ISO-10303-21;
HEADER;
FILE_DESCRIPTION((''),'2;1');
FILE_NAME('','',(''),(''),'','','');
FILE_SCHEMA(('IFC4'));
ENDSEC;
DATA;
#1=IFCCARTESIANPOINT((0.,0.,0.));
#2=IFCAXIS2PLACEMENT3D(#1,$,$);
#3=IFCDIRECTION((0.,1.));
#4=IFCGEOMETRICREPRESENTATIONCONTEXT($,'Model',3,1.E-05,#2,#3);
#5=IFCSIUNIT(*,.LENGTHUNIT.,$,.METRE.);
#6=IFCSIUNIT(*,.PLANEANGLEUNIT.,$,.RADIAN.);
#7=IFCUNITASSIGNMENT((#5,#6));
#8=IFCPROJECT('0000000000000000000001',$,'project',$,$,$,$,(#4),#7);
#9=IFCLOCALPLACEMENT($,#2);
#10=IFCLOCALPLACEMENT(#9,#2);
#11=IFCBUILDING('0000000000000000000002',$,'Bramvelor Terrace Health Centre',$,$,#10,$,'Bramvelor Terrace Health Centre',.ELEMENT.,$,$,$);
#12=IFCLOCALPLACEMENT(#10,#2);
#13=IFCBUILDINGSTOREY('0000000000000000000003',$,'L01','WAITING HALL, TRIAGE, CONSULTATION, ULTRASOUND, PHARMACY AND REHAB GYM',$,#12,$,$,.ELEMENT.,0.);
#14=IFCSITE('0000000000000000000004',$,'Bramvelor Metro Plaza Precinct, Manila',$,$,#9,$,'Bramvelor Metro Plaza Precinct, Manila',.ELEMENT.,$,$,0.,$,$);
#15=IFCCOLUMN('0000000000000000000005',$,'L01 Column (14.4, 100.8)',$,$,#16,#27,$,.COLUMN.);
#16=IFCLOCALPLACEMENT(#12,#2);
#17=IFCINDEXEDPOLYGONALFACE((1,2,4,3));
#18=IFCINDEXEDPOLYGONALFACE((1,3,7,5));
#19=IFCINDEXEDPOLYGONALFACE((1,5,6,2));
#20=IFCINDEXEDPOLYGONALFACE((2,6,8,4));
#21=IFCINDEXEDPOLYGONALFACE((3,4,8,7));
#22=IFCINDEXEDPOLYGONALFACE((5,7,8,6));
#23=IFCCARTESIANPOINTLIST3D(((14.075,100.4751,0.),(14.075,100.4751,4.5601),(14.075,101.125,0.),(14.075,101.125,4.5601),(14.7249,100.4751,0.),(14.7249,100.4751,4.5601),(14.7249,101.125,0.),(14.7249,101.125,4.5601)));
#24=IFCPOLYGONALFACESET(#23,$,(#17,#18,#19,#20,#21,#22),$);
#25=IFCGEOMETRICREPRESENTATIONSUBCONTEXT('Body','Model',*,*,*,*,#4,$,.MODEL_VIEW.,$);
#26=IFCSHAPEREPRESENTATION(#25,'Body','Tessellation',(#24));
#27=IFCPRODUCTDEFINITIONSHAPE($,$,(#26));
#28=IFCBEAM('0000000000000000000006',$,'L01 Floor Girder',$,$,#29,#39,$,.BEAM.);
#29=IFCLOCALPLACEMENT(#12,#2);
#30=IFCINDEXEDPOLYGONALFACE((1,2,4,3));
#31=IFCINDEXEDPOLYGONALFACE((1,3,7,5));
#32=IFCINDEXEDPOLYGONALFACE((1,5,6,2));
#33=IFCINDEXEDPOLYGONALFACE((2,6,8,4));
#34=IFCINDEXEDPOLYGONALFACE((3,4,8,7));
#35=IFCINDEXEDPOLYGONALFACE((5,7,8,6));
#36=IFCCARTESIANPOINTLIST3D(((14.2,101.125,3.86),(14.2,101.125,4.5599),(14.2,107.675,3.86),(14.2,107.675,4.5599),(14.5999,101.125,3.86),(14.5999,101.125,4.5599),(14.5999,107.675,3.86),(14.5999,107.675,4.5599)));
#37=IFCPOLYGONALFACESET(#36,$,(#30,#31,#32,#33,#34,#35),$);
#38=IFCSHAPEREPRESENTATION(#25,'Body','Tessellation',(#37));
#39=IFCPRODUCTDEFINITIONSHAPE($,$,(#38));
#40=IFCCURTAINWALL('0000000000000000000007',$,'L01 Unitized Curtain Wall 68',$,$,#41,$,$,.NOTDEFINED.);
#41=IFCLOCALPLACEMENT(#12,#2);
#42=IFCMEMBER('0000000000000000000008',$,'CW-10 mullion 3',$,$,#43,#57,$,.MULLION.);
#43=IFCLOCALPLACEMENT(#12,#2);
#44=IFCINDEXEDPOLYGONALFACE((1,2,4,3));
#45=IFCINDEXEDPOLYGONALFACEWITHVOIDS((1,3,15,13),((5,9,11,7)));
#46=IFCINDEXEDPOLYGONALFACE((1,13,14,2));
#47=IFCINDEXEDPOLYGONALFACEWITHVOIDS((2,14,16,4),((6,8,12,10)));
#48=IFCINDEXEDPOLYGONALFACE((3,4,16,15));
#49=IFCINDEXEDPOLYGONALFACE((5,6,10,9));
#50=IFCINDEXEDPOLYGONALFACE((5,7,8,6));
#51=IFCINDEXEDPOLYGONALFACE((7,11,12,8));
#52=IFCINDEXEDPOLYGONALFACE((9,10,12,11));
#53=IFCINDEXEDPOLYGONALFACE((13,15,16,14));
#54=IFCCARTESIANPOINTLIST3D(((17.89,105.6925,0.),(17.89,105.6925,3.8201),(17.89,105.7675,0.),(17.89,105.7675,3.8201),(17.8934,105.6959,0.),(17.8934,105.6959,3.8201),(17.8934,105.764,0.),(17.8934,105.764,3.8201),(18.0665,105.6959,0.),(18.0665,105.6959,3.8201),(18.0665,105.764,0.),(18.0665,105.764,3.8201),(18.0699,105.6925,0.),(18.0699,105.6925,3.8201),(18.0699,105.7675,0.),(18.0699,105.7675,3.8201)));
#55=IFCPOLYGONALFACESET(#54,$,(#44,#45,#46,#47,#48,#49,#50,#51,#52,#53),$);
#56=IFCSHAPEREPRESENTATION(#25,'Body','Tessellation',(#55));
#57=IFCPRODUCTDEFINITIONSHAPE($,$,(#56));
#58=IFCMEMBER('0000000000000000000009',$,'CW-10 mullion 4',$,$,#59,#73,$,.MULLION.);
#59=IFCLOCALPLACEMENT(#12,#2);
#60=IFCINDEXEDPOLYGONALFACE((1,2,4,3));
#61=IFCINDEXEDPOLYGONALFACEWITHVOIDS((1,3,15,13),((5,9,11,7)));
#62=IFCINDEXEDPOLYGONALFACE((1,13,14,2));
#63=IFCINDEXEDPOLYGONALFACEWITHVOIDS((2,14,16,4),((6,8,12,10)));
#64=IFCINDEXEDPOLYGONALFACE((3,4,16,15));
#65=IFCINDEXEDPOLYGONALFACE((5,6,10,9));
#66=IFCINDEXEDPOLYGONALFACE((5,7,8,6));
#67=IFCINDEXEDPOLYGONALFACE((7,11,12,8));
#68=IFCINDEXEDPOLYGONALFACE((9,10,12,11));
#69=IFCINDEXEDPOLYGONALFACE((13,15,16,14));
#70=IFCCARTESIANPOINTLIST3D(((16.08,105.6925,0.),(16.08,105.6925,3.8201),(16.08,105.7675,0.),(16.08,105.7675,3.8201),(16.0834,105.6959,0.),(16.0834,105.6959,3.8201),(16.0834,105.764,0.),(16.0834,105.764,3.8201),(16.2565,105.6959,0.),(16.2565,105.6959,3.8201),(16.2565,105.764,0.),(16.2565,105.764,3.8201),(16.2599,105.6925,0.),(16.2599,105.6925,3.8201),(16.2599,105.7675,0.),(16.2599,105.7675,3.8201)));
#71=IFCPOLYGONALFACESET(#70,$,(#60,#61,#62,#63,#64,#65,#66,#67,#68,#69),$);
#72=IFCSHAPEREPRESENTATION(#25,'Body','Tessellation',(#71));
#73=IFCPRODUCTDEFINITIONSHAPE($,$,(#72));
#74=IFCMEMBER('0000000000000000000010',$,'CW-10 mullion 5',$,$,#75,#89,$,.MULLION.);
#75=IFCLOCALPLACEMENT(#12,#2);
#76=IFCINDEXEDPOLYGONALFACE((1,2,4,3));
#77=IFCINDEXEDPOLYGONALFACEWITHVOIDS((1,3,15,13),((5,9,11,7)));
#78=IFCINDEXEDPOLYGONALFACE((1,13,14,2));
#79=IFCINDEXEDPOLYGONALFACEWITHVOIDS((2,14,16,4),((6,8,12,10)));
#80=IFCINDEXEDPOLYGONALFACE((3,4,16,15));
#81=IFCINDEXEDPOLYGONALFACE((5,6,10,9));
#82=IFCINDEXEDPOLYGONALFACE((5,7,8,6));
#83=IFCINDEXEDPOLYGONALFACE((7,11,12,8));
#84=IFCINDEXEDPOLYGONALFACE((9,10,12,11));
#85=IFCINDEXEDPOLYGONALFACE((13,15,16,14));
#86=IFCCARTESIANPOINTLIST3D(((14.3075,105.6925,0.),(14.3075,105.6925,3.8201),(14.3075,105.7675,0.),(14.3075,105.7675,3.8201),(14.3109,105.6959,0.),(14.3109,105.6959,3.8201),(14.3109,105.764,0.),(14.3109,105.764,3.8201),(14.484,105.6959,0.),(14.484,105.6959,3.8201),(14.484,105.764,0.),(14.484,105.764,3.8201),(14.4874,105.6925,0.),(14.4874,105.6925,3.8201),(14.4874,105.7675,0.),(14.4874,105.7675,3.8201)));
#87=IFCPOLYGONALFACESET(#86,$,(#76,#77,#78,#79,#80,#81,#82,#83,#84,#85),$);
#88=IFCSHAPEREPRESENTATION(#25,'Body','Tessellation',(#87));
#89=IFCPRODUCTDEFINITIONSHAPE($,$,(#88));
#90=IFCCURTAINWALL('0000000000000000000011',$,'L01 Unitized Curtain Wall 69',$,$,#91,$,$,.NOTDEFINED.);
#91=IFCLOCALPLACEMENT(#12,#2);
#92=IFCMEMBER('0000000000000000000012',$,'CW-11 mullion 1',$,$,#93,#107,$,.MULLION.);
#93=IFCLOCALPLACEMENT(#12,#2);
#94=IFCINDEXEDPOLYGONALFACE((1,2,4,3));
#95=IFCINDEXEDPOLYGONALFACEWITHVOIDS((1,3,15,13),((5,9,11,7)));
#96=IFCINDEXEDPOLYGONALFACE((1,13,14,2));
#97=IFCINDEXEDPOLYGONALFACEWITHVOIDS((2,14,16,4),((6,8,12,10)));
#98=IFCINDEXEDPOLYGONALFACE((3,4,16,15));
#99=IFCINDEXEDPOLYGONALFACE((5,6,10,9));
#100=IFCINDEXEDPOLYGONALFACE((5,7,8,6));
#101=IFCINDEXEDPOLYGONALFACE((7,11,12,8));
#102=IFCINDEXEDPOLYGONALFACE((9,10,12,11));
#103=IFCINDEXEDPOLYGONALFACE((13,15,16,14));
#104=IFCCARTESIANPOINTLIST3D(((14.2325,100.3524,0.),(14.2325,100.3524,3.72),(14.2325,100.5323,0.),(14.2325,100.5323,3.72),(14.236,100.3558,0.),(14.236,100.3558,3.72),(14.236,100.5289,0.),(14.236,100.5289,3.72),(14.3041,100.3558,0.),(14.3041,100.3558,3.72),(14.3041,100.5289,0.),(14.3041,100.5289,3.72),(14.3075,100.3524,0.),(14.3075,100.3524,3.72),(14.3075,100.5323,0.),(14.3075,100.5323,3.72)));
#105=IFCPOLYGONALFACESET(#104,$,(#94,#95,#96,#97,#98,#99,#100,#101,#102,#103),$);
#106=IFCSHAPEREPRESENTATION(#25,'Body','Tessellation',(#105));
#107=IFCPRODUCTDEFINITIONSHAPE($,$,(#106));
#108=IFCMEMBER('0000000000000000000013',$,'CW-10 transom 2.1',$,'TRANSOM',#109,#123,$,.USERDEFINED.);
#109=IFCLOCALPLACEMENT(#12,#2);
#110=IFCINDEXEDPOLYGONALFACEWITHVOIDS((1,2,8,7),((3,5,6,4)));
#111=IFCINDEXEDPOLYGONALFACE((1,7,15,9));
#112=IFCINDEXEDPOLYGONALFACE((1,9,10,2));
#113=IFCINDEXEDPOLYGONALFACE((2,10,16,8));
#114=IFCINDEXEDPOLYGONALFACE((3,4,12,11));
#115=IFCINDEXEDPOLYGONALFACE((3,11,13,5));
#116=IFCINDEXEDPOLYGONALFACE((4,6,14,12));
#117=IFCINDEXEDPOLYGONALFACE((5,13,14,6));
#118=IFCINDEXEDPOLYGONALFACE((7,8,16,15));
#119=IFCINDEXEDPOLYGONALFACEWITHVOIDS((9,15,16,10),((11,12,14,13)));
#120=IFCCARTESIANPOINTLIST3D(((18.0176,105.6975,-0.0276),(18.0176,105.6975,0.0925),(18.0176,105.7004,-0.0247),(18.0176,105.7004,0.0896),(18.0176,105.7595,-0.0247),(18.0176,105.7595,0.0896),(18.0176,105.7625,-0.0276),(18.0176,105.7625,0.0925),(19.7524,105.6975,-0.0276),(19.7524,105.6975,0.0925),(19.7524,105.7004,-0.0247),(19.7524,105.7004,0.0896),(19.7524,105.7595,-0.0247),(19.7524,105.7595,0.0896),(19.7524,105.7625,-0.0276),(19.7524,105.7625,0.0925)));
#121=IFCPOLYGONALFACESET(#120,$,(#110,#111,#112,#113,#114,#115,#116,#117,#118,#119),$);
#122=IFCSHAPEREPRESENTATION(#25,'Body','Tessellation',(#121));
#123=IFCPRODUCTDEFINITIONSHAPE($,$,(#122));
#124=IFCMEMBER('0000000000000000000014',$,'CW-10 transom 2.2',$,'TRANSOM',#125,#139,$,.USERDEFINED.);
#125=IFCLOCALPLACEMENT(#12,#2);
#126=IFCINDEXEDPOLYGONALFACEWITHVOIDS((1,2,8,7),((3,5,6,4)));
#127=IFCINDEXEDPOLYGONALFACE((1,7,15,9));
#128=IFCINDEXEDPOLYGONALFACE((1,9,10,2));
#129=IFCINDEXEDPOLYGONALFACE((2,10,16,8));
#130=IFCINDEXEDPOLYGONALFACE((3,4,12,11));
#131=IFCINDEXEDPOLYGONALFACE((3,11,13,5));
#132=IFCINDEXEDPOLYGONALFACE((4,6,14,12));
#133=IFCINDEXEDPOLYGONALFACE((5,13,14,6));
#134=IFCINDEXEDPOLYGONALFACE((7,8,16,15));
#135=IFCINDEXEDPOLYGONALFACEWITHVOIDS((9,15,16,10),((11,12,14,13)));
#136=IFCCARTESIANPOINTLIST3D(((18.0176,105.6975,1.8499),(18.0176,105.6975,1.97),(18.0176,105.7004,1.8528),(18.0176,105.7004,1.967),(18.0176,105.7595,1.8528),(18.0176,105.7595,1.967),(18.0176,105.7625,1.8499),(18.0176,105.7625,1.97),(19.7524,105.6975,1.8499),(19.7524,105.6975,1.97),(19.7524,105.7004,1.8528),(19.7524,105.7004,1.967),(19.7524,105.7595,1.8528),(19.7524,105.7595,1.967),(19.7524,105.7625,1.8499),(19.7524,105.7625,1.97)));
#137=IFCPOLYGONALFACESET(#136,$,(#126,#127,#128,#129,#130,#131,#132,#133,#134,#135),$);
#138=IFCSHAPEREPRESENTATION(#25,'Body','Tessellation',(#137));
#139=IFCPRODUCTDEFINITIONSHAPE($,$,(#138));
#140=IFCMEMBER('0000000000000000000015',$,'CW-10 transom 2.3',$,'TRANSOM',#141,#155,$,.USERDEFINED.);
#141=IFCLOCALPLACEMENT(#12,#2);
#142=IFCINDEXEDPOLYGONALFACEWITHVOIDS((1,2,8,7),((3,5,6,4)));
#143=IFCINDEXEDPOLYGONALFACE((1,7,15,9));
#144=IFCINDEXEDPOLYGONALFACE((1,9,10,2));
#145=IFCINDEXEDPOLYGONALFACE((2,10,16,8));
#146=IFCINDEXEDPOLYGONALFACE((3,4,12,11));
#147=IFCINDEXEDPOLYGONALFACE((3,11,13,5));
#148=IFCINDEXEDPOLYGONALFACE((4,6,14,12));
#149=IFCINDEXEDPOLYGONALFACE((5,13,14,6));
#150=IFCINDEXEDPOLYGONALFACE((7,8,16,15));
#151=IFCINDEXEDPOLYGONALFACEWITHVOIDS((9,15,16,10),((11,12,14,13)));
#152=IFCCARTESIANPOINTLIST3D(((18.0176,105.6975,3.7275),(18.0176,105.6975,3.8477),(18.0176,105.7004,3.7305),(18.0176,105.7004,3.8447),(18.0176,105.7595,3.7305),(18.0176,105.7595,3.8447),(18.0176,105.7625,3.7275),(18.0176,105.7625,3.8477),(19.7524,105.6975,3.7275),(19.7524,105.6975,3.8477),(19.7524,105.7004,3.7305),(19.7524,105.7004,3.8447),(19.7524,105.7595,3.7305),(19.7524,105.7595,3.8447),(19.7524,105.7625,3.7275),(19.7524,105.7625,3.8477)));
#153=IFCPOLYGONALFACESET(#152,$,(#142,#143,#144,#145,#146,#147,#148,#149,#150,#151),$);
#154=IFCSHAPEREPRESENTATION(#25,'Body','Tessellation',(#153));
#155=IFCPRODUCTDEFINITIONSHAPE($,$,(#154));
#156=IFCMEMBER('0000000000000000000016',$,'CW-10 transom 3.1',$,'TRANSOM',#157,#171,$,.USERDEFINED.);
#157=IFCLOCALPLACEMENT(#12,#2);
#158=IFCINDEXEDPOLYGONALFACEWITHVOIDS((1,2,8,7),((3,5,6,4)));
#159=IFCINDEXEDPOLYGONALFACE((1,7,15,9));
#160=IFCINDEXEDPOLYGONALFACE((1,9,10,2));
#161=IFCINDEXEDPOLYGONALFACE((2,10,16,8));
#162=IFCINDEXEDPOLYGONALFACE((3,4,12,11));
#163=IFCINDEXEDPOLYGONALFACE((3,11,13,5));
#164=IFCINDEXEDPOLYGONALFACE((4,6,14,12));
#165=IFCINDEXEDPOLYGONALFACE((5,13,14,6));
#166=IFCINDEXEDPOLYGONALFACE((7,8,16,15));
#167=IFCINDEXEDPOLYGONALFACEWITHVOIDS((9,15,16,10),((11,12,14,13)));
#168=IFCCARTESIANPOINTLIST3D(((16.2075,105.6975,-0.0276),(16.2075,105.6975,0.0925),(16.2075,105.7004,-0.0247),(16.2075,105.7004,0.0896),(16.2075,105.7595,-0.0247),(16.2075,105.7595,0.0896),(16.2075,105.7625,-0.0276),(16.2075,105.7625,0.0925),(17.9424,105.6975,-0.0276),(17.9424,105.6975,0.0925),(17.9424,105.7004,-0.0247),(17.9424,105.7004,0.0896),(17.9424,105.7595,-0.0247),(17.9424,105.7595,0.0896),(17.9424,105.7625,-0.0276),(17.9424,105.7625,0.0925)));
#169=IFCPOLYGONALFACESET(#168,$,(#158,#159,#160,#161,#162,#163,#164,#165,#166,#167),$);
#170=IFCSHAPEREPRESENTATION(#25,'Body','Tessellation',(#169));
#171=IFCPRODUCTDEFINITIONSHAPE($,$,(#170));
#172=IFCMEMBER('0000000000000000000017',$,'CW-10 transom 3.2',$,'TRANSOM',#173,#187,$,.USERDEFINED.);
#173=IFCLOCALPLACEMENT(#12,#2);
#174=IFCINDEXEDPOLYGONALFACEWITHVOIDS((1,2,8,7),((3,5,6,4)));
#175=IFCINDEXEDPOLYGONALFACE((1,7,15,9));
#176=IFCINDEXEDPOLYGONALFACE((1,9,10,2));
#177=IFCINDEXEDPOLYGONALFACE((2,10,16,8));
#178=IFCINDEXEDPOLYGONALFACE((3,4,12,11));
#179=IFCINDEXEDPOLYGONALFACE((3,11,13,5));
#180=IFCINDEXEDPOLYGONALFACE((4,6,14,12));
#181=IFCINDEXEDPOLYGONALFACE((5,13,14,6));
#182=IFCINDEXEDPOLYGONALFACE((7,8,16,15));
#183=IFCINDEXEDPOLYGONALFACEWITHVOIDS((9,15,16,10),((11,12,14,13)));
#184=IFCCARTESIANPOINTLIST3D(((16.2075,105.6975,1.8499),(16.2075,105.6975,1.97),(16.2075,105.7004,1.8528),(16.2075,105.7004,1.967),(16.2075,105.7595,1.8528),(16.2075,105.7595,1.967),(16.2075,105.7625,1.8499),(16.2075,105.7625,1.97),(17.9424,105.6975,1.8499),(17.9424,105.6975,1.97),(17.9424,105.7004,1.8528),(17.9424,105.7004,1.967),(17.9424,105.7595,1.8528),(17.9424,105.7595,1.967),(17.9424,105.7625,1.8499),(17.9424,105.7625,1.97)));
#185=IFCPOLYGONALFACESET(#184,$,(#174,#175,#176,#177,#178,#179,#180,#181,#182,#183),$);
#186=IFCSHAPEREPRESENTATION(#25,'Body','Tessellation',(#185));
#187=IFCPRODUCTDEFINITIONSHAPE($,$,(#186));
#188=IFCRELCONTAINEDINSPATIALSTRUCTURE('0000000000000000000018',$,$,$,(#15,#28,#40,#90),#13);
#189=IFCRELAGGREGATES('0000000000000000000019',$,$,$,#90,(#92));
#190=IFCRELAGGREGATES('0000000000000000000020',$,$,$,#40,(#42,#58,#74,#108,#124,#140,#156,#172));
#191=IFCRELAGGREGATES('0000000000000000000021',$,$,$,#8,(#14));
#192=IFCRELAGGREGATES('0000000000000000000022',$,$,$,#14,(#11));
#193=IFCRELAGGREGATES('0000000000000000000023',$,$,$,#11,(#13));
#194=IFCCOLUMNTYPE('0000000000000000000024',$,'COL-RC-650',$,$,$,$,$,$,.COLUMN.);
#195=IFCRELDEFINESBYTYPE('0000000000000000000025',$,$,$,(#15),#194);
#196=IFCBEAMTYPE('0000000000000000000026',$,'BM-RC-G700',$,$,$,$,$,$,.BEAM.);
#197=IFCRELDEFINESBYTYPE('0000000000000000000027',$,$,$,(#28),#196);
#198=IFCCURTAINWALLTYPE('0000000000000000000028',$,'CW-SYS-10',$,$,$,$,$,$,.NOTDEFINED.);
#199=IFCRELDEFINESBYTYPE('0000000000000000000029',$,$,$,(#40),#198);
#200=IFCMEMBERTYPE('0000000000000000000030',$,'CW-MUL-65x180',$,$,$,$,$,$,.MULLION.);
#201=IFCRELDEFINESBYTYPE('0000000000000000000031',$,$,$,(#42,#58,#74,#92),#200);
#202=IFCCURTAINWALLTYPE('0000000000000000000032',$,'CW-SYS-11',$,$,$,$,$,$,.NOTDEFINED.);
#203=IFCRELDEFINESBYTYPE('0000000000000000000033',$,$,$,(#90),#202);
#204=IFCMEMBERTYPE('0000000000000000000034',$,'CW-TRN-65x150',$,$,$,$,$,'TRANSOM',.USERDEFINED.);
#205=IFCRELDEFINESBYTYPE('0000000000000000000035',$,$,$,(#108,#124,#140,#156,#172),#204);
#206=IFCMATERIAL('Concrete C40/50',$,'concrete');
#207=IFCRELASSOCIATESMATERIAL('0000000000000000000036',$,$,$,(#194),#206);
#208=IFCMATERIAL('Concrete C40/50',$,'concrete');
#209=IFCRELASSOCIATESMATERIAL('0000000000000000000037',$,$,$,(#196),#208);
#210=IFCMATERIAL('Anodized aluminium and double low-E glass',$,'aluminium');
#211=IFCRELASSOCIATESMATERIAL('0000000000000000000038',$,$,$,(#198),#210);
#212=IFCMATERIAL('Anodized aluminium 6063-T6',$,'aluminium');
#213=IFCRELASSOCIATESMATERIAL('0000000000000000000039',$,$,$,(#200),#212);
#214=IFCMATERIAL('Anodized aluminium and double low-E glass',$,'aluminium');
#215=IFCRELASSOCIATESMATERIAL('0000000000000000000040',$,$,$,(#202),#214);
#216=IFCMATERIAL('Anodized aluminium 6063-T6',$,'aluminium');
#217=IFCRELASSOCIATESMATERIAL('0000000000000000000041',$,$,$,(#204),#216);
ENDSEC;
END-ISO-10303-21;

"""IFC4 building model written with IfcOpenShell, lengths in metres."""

from ifc_helpers import new_model, si_unit, direction, frame, origin, origin_2d, place, context, subcontext, project, spatial, rectangle, hollow_rectangle, extrude, material, material_profile, profile_set, type_object, element, aggregate, save


model = new_model("IFC4")

# Units and contexts
model_context = context("Model", 3, precision=1e-05, world=origin(), true_north=direction((0.0, 1.0)))
body_context = subcontext(model_context, "Body", "Model", "MODEL_VIEW")
ifc_project = project(units=[si_unit("LENGTHUNIT", "METRE"), si_unit("PLANEANGLEUNIT", "RADIAN")], contexts=[model_context])

# Site, building, storey
site_placement = place(None, origin())
site = spatial("IfcSite", under=ifc_project, at=site_placement, Name="Bramvelor Metro Plaza Precinct, Manila", LongName="Bramvelor Metro Plaza Precinct, Manila", CompositionType="ELEMENT", RefElevation=0.0)
building_placement = place(site_placement, origin())
building = spatial("IfcBuilding", under=site, at=building_placement, Name="Bramvelor Terrace Health Centre", LongName="Bramvelor Terrace Health Centre", CompositionType="ELEMENT")
storey_placement = place(building_placement, origin())
storey = spatial("IfcBuildingStorey", under=building, at=storey_placement, Name="L01", Description="WAITING HALL, TRIAGE, CONSULTATION, ULTRASOUND, PHARMACY AND REHAB GYM", CompositionType="ELEMENT", Elevation=0.0)

# Column
ifc_material_1 = material(Name="Concrete C40/50", Category="concrete")
ifc_material_profile_1 = material_profile(ifc_material_1, rectangle(XDim=0.6499, YDim=0.6499, at=origin_2d()), Name="RC 650x650")
ifc_profile_set_1 = profile_set([ifc_material_profile_1], Name="Concrete C40/50")
column_type = type_object("IfcColumnType", Name="COL-RC-650", PredefinedType="COLUMN", material=ifc_profile_set_1)
column_placement = place(storey_placement, frame((14.3999, 100.8, 0.0), z_axis=(0.0, 0.0, 1.0), x_axis=(1.0, 0.0, 0.0)))
element("IfcColumn", 1, at=column_placement, inside=storey, type_object=column_type, Name="L01 Column (14.4, 100.8)", PredefinedType="COLUMN", context=body_context, shape_type="SweptSolid", body=[
    extrude(rectangle(XDim=0.6499, YDim=0.6499, at=origin_2d()), origin(), (0.0, 0.0, 1.0), 4.5601),
])

# Beam
ifc_material_2 = material(Name="Concrete C40/50", Category="concrete")
ifc_material_profile_2 = material_profile(ifc_material_2, rectangle(XDim=0.3999, YDim=0.7, at=origin_2d()), Name="RC 400x700")
ifc_profile_set_2 = profile_set([ifc_material_profile_2], Name="Concrete C40/50")
beam_type = type_object("IfcBeamType", Name="BM-RC-G700", PredefinedType="BEAM", material=ifc_profile_set_2)
beam_placement = place(storey_placement, frame((14.3999, 101.125, 4.21), z_axis=(0.0, 1.0, 0.0), x_axis=(-1.0, 0.0, 0.0)))
element("IfcBeam", 2, at=beam_placement, inside=storey, type_object=beam_type, Name="L01 Floor Girder", PredefinedType="BEAM", context=body_context, shape_type="SweptSolid", body=[
    extrude(rectangle(XDim=0.3999, YDim=0.7, at=origin_2d()), origin(), (0.0, 0.0, 1.0), 6.55),
])

# Curtain wall, members
ifc_material_3 = material(Name="Anodized aluminium and double low-E glass", Category="aluminium")
curtain_wall_type_1 = type_object("IfcCurtainWallType", Name="CW-SYS-10", PredefinedType="NOTDEFINED", material=ifc_material_3)
curtain_wall_1_placement = place(storey_placement, origin())
curtain_wall_1 = element("IfcCurtainWall", 3, at=curtain_wall_1_placement, inside=storey, type_object=curtain_wall_type_1, Name="L01 Unitized Curtain Wall 68", PredefinedType="NOTDEFINED")
ifc_material_4 = material(Name="Anodized aluminium 6063-T6", Category="aluminium")
ifc_material_profile_3 = material_profile(ifc_material_4, hollow_rectangle(XDim=0.075, YDim=0.1799, WallThickness=0.0034, at=origin_2d()), Name="ALU-MUL 75x180x3.5")
ifc_profile_set_3 = profile_set([ifc_material_profile_3], Name="Anodized aluminium 6063-T6")
member_type_1 = type_object("IfcMemberType", Name="CW-MUL-65x180", PredefinedType="MULLION", material=ifc_profile_set_3)
member_1_placement = place(storey_placement, frame((17.98, 105.73, 0.0), z_axis=(0.0, 0.0, 1.0), x_axis=(0.0, -1.0, 0.0)))
member_1 = element("IfcMember", 4, at=member_1_placement, type_object=member_type_1, Name="CW-10 mullion 3", PredefinedType="MULLION", context=body_context, shape_type="SweptSolid", body=[
    extrude(hollow_rectangle(XDim=0.075, YDim=0.1799, WallThickness=0.0034, at=origin_2d()), origin(), (0.0, 0.0, 1.0), 3.8201),
])
member_2_placement = place(storey_placement, frame((16.1699, 105.73, 0.0), z_axis=(0.0, 0.0, 1.0), x_axis=(0.0, -1.0, 0.0)))
member_2 = element("IfcMember", 5, at=member_2_placement, type_object=member_type_1, Name="CW-10 mullion 4", PredefinedType="MULLION", context=body_context, shape_type="SweptSolid", body=[
    extrude(hollow_rectangle(XDim=0.075, YDim=0.1799, WallThickness=0.0034, at=origin_2d()), origin(), (0.0, 0.0, 1.0), 3.8201),
])
member_3_placement = place(storey_placement, frame((14.3975, 105.73, 0.0), z_axis=(0.0, 0.0, 1.0), x_axis=(0.0, -1.0, 0.0)))
member_3 = element("IfcMember", 6, at=member_3_placement, type_object=member_type_1, Name="CW-10 mullion 5", PredefinedType="MULLION", context=body_context, shape_type="SweptSolid", body=[
    extrude(hollow_rectangle(XDim=0.075, YDim=0.1799, WallThickness=0.0034, at=origin_2d()), origin(), (0.0, 0.0, 1.0), 3.8201),
])

# Curtain wall, member
ifc_material_5 = material(Name="Anodized aluminium and double low-E glass", Category="aluminium")
curtain_wall_type_2 = type_object("IfcCurtainWallType", Name="CW-SYS-11", PredefinedType="NOTDEFINED", material=ifc_material_5)
curtain_wall_2_placement = place(storey_placement, origin())
curtain_wall_2 = element("IfcCurtainWall", 7, at=curtain_wall_2_placement, inside=storey, type_object=curtain_wall_type_2, Name="L01 Unitized Curtain Wall 69", PredefinedType="NOTDEFINED")
member_4_placement = place(storey_placement, frame((14.27, 100.4424, 0.0), z_axis=(0.0, 0.0, 1.0), x_axis=(1.0, 0.0, 0.0)))
member_4 = element("IfcMember", 8, at=member_4_placement, type_object=member_type_1, Name="CW-11 mullion 1", PredefinedType="MULLION", context=body_context, shape_type="SweptSolid", body=[
    extrude(hollow_rectangle(XDim=0.075, YDim=0.1799, WallThickness=0.0034, at=origin_2d()), origin(), (0.0, 0.0, 1.0), 3.72),
])

# Members
ifc_material_6 = material(Name="Anodized aluminium 6063-T6", Category="aluminium")
ifc_material_profile_4 = material_profile(ifc_material_6, hollow_rectangle(XDim=0.0649, YDim=0.1201, WallThickness=0.0029, at=origin_2d()), Name="ALU-TRN 65x120x3.0")
ifc_profile_set_4 = profile_set([ifc_material_profile_4], Name="Anodized aluminium 6063-T6")
member_type_2 = type_object("IfcMemberType", Name="CW-TRN-65x150", ElementType="TRANSOM", PredefinedType="USERDEFINED", material=ifc_profile_set_4)
member_5_placement = place(storey_placement, frame((19.7524, 105.73, 0.0325), z_axis=(-1.0, 0.0, 0.0), x_axis=(0.0, -1.0, 0.0)))
member_5 = element("IfcMember", 9, at=member_5_placement, type_object=member_type_2, Name="CW-10 transom 2.1", ObjectType="TRANSOM", PredefinedType="USERDEFINED", context=body_context, shape_type="SweptSolid", body=[
    extrude(hollow_rectangle(XDim=0.0649, YDim=0.1201, WallThickness=0.0029, at=origin_2d()), origin(), (0.0, 0.0, 1.0), 1.7349),
])
member_6_placement = place(storey_placement, frame((19.7524, 105.73, 1.9099), z_axis=(-1.0, 0.0, 0.0), x_axis=(0.0, -1.0, 0.0)))
member_6 = element("IfcMember", 10, at=member_6_placement, type_object=member_type_2, Name="CW-10 transom 2.2", ObjectType="TRANSOM", PredefinedType="USERDEFINED", context=body_context, shape_type="SweptSolid", body=[
    extrude(hollow_rectangle(XDim=0.0649, YDim=0.1201, WallThickness=0.0029, at=origin_2d()), origin(), (0.0, 0.0, 1.0), 1.7349),
])
member_7_placement = place(storey_placement, frame((19.7524, 105.73, 3.7876), z_axis=(-1.0, 0.0, 0.0), x_axis=(0.0, -1.0, 0.0)))
member_7 = element("IfcMember", 11, at=member_7_placement, type_object=member_type_2, Name="CW-10 transom 2.3", ObjectType="TRANSOM", PredefinedType="USERDEFINED", context=body_context, shape_type="SweptSolid", body=[
    extrude(hollow_rectangle(XDim=0.0649, YDim=0.1201, WallThickness=0.0029, at=origin_2d()), origin(), (0.0, 0.0, 1.0), 1.7349),
])
member_8_placement = place(storey_placement, frame((17.9424, 105.73, 0.0325), z_axis=(-1.0, 0.0, 0.0), x_axis=(0.0, -1.0, 0.0)))
member_8 = element("IfcMember", 12, at=member_8_placement, type_object=member_type_2, Name="CW-10 transom 3.1", ObjectType="TRANSOM", PredefinedType="USERDEFINED", context=body_context, shape_type="SweptSolid", body=[
    extrude(hollow_rectangle(XDim=0.0649, YDim=0.1201, WallThickness=0.0029, at=origin_2d()), origin(), (0.0, 0.0, 1.0), 1.7349),
])
member_9_placement = place(storey_placement, frame((17.9424, 105.73, 1.9099), z_axis=(-1.0, 0.0, 0.0), x_axis=(0.0, -1.0, 0.0)))
member_9 = element("IfcMember", 13, at=member_9_placement, type_object=member_type_2, Name="CW-10 transom 3.2", ObjectType="TRANSOM", PredefinedType="USERDEFINED", context=body_context, shape_type="SweptSolid", body=[
    extrude(hollow_rectangle(XDim=0.0649, YDim=0.1201, WallThickness=0.0029, at=origin_2d()), origin(), (0.0, 0.0, 1.0), 1.7349),
])
aggregate(curtain_wall_2, [member_4])

aggregate(curtain_wall_1, [member_1, member_2, member_3, member_5, member_6, member_7, member_8, member_9])

save(model, "model.ifc")
